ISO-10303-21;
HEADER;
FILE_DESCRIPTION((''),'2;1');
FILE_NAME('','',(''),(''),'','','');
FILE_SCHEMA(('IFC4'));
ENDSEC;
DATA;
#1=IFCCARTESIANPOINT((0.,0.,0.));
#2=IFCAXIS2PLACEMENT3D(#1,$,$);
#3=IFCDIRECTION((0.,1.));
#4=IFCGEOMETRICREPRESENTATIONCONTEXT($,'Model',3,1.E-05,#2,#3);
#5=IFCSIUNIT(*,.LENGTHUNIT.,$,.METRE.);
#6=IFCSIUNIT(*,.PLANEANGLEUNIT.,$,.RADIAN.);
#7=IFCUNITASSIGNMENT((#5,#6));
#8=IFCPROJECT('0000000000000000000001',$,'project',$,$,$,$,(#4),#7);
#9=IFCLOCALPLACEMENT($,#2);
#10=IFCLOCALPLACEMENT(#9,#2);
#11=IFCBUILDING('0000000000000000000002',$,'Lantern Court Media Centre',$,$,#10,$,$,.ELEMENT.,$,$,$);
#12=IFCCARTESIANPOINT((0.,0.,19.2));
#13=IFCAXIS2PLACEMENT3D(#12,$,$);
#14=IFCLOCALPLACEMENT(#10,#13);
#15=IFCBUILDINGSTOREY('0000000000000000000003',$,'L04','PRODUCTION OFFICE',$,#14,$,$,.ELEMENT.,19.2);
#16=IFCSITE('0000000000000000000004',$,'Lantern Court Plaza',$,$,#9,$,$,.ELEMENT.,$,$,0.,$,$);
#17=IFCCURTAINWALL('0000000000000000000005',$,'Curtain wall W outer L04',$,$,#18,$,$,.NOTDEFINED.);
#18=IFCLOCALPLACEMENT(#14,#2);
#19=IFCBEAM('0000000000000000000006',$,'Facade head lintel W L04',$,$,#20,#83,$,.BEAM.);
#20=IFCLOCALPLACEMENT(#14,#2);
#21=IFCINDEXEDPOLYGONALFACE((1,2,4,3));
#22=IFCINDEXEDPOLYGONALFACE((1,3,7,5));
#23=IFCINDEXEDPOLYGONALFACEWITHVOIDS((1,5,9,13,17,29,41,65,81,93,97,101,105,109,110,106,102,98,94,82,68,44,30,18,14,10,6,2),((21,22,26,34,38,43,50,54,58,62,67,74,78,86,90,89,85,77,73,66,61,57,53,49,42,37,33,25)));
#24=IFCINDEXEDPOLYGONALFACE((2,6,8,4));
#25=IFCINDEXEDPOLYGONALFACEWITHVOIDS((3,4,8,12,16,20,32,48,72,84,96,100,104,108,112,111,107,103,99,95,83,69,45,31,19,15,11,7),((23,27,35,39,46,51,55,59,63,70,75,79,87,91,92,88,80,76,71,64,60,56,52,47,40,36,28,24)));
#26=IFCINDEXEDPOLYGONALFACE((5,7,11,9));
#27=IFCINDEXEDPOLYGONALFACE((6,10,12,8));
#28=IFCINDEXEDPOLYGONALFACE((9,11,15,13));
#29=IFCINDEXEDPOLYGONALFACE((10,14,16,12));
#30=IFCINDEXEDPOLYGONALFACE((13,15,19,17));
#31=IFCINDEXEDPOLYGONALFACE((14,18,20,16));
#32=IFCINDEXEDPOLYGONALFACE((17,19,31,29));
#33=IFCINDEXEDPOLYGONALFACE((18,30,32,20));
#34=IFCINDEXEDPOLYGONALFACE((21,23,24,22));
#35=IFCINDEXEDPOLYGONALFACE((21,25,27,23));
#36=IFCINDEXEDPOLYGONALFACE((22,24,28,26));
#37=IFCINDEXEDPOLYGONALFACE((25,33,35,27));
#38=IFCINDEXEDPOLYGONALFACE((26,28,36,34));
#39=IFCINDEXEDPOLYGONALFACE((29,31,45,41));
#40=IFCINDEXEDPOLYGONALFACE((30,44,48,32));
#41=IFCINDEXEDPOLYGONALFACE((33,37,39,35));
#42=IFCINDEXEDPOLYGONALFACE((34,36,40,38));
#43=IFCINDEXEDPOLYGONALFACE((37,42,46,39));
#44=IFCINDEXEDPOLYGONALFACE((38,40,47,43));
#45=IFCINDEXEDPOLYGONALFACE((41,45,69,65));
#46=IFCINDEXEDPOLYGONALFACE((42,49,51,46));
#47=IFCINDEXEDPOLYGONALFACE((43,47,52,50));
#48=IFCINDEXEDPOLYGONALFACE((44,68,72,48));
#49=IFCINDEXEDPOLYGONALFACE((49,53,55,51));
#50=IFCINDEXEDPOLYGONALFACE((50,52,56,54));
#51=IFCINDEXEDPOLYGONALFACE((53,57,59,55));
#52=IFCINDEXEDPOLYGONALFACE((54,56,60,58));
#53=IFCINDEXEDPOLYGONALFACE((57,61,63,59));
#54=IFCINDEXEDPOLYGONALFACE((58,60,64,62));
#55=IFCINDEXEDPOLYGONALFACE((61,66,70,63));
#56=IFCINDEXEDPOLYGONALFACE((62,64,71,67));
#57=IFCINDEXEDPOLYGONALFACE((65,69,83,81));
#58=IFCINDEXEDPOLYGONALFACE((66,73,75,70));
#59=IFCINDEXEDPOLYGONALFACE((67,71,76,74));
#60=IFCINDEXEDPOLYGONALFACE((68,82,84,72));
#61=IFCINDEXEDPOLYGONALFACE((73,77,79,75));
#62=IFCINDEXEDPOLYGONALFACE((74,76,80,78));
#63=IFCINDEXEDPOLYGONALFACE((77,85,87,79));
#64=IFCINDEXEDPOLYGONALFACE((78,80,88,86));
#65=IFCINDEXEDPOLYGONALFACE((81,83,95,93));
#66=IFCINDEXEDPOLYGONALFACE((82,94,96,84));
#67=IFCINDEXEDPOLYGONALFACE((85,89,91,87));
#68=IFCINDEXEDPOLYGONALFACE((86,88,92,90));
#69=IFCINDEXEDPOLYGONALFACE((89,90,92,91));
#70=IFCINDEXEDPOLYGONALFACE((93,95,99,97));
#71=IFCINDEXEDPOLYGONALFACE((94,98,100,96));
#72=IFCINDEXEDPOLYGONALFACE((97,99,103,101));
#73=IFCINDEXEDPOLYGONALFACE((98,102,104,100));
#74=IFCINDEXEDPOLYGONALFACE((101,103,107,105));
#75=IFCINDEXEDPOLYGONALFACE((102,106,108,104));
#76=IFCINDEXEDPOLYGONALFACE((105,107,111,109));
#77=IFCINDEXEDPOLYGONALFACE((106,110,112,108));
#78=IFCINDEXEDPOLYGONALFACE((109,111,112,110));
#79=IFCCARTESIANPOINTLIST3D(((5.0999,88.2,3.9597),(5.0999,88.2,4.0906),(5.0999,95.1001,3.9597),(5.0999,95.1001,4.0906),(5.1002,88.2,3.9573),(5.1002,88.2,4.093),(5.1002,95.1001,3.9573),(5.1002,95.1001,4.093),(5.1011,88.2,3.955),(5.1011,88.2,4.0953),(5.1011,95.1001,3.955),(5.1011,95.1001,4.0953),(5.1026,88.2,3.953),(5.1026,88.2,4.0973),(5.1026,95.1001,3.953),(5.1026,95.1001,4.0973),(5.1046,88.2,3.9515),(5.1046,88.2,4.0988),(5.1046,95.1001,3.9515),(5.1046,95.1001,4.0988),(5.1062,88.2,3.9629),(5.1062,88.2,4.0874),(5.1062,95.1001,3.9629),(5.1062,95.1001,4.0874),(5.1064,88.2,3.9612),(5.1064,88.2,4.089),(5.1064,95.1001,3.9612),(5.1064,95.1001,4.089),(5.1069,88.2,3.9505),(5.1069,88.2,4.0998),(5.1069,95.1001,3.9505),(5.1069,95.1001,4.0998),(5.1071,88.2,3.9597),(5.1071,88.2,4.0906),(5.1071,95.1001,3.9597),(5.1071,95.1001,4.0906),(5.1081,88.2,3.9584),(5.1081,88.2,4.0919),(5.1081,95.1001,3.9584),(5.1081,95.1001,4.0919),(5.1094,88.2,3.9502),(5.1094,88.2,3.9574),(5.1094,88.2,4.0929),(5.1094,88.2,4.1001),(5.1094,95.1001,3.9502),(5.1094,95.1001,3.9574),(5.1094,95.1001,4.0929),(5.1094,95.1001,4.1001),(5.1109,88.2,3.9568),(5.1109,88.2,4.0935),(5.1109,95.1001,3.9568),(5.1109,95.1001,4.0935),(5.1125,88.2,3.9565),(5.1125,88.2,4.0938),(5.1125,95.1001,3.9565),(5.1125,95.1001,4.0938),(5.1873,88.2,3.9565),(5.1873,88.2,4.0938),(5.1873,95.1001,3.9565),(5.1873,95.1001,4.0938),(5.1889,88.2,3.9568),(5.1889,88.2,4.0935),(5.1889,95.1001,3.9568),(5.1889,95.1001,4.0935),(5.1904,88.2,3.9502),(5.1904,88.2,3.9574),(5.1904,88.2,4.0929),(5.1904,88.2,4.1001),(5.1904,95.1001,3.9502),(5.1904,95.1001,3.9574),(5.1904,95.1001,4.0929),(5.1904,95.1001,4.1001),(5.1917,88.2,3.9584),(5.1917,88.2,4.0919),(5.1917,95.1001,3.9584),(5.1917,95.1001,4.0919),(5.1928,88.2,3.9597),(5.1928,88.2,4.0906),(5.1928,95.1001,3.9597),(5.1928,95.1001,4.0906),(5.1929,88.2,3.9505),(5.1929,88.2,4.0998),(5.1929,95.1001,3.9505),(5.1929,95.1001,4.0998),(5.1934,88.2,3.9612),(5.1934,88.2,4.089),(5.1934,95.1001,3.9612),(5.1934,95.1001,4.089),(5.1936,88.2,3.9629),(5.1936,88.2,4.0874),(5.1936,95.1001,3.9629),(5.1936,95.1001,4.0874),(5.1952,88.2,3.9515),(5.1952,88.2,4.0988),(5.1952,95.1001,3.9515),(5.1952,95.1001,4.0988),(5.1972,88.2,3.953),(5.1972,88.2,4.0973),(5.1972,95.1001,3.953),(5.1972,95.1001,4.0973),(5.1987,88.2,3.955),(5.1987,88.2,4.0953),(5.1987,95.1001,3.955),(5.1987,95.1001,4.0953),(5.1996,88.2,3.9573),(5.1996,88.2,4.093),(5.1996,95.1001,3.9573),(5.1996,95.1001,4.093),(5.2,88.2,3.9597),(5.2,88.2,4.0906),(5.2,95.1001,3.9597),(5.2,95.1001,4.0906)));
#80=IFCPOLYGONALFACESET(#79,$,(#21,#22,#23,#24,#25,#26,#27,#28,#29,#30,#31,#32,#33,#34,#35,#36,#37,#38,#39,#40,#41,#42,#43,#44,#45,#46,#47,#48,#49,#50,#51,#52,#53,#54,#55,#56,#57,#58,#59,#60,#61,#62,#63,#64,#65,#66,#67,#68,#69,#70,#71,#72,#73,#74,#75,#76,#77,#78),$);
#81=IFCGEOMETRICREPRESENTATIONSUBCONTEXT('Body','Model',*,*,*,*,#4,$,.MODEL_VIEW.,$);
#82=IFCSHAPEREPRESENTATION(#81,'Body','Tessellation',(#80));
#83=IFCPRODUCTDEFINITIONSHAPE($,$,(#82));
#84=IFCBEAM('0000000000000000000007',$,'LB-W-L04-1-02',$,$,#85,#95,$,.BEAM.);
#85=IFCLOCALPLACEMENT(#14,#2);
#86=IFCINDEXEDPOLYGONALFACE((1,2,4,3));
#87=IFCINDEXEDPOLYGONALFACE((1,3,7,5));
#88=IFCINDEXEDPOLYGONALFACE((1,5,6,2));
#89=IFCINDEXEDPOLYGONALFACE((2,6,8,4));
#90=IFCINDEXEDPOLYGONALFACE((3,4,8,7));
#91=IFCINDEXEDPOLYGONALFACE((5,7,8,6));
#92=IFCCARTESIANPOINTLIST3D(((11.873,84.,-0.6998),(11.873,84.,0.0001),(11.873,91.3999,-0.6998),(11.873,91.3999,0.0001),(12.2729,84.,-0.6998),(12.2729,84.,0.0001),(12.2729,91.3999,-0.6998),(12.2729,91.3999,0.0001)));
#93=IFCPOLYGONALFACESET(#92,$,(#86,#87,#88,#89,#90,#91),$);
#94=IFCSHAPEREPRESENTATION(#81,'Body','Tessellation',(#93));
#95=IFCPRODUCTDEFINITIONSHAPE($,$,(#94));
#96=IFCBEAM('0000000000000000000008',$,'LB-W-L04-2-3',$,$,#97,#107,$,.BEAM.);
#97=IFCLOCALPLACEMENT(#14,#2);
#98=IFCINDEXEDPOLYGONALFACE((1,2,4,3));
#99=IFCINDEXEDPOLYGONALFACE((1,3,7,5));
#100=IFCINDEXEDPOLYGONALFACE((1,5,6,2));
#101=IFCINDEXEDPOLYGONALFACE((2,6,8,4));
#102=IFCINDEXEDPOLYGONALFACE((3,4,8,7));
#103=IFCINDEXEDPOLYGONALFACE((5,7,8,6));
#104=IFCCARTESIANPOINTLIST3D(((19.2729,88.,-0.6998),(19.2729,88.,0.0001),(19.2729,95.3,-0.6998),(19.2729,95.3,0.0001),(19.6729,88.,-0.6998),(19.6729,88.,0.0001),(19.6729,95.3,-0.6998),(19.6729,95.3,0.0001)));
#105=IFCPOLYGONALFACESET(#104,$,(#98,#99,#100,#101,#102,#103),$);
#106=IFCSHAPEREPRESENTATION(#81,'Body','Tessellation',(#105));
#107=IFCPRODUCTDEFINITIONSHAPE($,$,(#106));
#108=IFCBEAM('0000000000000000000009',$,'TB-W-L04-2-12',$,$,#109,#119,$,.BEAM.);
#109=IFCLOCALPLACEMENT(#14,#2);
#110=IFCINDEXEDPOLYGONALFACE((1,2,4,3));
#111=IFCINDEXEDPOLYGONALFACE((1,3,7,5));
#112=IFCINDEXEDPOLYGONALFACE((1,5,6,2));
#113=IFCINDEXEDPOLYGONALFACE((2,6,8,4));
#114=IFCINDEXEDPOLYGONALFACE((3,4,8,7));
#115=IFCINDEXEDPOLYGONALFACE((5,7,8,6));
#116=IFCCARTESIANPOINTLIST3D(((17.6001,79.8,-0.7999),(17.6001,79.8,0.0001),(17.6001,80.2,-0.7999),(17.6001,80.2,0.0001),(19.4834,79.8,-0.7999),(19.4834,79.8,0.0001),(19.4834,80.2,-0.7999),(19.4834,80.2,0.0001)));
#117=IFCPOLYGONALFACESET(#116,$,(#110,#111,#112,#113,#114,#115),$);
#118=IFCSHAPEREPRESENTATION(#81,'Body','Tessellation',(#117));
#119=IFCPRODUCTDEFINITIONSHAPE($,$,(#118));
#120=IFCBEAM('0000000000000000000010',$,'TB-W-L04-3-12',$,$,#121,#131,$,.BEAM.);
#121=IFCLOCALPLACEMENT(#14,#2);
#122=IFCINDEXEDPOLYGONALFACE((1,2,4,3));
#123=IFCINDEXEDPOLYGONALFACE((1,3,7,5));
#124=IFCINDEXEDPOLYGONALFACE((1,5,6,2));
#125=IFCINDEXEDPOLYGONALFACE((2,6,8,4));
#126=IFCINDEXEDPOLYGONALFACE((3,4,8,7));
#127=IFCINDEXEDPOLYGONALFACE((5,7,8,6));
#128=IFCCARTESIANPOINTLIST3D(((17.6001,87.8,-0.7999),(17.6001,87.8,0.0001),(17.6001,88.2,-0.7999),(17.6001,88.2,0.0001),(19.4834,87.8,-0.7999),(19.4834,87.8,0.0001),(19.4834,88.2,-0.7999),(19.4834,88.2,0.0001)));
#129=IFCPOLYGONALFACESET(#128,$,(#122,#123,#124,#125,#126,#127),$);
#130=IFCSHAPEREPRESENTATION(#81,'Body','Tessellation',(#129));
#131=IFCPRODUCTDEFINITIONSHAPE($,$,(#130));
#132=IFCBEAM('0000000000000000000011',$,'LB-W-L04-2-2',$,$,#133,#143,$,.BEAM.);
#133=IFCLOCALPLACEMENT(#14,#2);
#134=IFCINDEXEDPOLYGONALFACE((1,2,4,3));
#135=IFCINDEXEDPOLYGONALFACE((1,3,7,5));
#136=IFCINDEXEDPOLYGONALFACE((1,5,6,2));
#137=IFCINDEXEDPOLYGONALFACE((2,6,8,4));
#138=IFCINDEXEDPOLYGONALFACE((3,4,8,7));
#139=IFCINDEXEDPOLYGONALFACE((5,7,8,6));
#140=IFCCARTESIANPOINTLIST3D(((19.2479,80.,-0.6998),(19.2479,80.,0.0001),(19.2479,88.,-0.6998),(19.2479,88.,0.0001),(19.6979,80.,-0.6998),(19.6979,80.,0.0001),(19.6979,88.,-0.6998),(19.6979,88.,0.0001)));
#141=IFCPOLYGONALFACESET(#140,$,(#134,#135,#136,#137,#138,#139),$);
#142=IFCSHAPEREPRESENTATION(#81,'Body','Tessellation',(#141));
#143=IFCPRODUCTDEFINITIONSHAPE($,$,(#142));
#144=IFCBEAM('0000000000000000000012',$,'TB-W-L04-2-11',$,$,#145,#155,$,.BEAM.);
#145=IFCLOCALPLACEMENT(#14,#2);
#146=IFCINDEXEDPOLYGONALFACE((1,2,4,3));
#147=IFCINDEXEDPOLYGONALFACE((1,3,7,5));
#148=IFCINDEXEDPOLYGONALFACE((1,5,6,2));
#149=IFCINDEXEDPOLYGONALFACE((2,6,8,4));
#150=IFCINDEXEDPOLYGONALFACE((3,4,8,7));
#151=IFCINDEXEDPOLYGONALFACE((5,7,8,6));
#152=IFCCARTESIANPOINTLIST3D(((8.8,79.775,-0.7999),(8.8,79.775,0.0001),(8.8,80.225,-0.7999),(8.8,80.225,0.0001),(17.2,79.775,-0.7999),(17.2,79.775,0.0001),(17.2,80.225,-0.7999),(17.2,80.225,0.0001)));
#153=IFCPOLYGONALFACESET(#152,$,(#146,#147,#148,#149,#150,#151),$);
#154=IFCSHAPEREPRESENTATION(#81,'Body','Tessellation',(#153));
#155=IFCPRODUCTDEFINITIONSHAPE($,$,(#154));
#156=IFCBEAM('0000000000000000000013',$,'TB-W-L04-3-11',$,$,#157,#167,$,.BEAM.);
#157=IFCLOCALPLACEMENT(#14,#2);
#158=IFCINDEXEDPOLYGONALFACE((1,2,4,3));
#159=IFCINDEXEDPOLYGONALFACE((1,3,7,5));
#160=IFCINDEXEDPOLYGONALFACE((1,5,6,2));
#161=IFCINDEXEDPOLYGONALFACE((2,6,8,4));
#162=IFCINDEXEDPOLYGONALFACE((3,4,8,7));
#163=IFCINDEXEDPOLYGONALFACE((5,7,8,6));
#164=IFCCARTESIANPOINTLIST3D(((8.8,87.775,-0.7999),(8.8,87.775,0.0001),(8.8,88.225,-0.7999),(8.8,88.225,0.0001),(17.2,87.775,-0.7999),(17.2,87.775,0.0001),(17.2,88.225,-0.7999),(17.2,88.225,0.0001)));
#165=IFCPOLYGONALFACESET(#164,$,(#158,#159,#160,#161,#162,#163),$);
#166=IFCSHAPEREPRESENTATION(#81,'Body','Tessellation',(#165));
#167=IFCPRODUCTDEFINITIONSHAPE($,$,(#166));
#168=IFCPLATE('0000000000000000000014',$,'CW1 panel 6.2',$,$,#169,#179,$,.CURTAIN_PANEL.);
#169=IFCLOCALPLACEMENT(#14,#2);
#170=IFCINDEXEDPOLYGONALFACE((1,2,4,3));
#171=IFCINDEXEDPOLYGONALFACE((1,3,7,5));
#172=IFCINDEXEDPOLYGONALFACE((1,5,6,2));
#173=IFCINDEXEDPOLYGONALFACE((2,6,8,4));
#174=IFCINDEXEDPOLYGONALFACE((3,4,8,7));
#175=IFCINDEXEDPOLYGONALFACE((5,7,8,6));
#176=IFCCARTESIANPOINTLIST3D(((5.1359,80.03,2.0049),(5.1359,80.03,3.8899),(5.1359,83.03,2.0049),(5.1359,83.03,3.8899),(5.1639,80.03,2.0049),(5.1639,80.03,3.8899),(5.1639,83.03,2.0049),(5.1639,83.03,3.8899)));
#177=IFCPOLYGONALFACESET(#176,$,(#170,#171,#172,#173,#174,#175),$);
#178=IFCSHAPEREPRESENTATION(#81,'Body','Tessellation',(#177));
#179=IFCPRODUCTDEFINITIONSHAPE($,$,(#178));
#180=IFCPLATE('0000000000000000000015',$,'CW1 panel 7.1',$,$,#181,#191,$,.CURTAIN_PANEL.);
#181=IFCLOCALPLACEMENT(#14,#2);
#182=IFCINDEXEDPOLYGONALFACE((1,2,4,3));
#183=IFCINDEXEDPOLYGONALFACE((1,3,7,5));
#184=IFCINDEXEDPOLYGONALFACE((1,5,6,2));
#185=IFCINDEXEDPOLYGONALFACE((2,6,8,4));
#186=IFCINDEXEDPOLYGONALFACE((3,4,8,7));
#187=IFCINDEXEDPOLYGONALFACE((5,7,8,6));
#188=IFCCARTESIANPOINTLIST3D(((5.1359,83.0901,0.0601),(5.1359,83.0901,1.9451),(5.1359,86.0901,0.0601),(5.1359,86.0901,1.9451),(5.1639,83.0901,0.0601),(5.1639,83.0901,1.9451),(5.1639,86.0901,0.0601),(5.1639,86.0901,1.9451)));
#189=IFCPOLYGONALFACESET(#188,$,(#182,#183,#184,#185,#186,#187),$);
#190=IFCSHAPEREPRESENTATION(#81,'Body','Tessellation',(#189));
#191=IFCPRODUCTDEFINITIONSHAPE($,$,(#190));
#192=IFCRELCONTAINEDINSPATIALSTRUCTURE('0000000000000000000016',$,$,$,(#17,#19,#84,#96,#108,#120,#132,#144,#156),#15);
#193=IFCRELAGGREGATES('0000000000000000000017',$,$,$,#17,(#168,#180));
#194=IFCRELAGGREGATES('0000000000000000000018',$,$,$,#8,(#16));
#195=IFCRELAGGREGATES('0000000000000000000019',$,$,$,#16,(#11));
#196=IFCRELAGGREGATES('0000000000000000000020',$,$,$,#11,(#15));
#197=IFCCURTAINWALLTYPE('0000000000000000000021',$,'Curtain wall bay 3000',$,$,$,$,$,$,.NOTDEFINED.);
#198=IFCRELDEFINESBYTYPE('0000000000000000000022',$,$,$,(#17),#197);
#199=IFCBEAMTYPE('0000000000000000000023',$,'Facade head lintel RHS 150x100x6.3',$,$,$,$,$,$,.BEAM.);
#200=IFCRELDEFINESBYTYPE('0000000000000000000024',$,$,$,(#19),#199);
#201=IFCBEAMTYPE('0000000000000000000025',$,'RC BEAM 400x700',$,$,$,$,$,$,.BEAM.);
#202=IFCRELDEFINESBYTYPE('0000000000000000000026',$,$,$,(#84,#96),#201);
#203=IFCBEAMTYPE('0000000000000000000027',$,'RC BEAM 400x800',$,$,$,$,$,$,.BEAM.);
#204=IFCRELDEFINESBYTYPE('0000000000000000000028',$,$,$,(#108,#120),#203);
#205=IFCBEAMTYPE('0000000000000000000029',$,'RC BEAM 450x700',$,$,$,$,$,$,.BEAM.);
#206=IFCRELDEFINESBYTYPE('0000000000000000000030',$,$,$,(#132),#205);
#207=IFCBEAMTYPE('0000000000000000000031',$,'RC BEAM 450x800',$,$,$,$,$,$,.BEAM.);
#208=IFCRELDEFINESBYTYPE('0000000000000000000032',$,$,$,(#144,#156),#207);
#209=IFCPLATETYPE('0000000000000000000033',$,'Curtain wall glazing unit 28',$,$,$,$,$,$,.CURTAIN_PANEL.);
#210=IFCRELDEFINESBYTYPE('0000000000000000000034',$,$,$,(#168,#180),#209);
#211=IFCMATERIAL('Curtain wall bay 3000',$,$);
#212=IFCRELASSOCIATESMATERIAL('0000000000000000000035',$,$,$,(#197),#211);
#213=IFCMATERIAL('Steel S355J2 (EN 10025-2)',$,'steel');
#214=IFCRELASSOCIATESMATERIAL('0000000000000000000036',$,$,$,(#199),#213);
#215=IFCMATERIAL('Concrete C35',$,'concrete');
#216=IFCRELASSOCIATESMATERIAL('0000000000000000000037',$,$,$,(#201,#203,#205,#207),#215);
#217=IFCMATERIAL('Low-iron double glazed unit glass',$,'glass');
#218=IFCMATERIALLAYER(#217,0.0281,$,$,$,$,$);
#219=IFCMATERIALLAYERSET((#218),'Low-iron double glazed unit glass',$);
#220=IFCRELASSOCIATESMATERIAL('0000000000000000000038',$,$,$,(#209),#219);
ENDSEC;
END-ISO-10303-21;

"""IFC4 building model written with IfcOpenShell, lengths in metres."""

from ifc_helpers import new_model, si_unit, direction, frame, origin, origin_2d, place, context, subcontext, project, spatial, rectangle, hollow_rectangle, extrude, material, layer, layer_set, material_profile, profile_set, type_object, element, aggregate, save


model = new_model("IFC4")

# Units and contexts
model_context = context("Model", 3, precision=1e-05, world=origin(), true_north=direction((0.0, 1.0)))
body_context = subcontext(model_context, "Body", "Model", "MODEL_VIEW")
ifc_project = project(units=[si_unit("LENGTHUNIT", "METRE"), si_unit("PLANEANGLEUNIT", "RADIAN")], contexts=[model_context])

# Site, building, storey
site_placement = place(None, origin())
site = spatial("IfcSite", under=ifc_project, at=site_placement, Name="Lantern Court Plaza", CompositionType="ELEMENT", RefElevation=0.0)
building_placement = place(site_placement, origin())
building = spatial("IfcBuilding", under=site, at=building_placement, Name="Lantern Court Media Centre", CompositionType="ELEMENT")
storey_placement = place(building_placement, frame((0.0, 0.0, 19.2)))
storey = spatial("IfcBuildingStorey", under=building, at=storey_placement, Name="L04", Description="PRODUCTION OFFICE", CompositionType="ELEMENT", Elevation=19.2)

# Shared definitions
ifc_material_1 = material(Name="Concrete C35", Category="concrete")

# Curtain wall
ifc_material_2 = material(Name="Curtain wall bay 3000")
curtain_wall_type = type_object("IfcCurtainWallType", Name="Curtain wall bay 3000", PredefinedType="NOTDEFINED", material=ifc_material_2)
curtain_wall_placement = place(storey_placement, origin())
curtain_wall = element("IfcCurtainWall", 1, at=curtain_wall_placement, inside=storey, type_object=curtain_wall_type, Name="Curtain wall W outer L04", PredefinedType="NOTDEFINED")

# Beams
ifc_material_3 = material(Name="Steel S355J2 (EN 10025-2)", Category="steel")
ifc_material_profile_1 = material_profile(ifc_material_3, hollow_rectangle(XDim=0.1001, YDim=0.1499, WallThickness=0.0063, InnerFilletRadius=0.0063, OuterFilletRadius=0.0095, at=origin_2d()), Name="Facade head lintel RHS 150x100x6.3")
ifc_profile_set_1 = profile_set([ifc_material_profile_1], Name="Steel S355J2 (EN 10025-2)")
beam_type_1 = type_object("IfcBeamType", Name="Facade head lintel RHS 150x100x6.3", PredefinedType="BEAM", material=ifc_profile_set_1)
beam_1_placement = place(storey_placement, frame((5.1499, 88.2, 4.0251), z_axis=(0.0, 1.0, 0.0), x_axis=(-1.0, 0.0, 0.0)))
element("IfcBeam", 2, at=beam_1_placement, inside=storey, type_object=beam_type_1, Name="Facade head lintel W L04", PredefinedType="BEAM", context=body_context, shape_type="SweptSolid", body=[
    extrude(hollow_rectangle(XDim=0.1001, YDim=0.1499, WallThickness=0.0063, InnerFilletRadius=0.0063, OuterFilletRadius=0.0095, at=origin_2d()), origin(), (0.0, 0.0, 1.0), 6.9001),
])
ifc_material_profile_2 = material_profile(ifc_material_1, rectangle(XDim=0.3999, YDim=0.7, at=origin_2d()), Name="RC 400x700")
ifc_profile_set_2 = profile_set([ifc_material_profile_2], Name="Concrete C35")
beam_type_2 = type_object("IfcBeamType", Name="RC BEAM 400x700", PredefinedType="BEAM", material=ifc_profile_set_2)
beam_2_placement = place(storey_placement, frame((12.073, 84.0, -0.3499), z_axis=(0.0, 1.0, 0.0), x_axis=(-1.0, 0.0, 0.0)))
element("IfcBeam", 3, at=beam_2_placement, inside=storey, type_object=beam_type_2, Name="LB-W-L04-1-02", PredefinedType="BEAM", context=body_context, shape_type="SweptSolid", body=[
    extrude(rectangle(XDim=0.3999, YDim=0.7, at=origin_2d()), origin(), (0.0, 0.0, 1.0), 7.3999),
])
beam_3_placement = place(storey_placement, frame((19.4729, 88.0, -0.3499), z_axis=(0.0, 1.0, 0.0), x_axis=(-1.0, 0.0, 0.0)))
element("IfcBeam", 4, at=beam_3_placement, inside=storey, type_object=beam_type_2, Name="LB-W-L04-2-3", PredefinedType="BEAM", context=body_context, shape_type="SweptSolid", body=[
    extrude(rectangle(XDim=0.3999, YDim=0.7, at=origin_2d()), origin(), (0.0, 0.0, 1.0), 7.3),
])
ifc_material_profile_3 = material_profile(ifc_material_1, rectangle(XDim=0.3999, YDim=0.8, at=origin_2d()), Name="RC 400x800")
ifc_profile_set_3 = profile_set([ifc_material_profile_3], Name="Concrete C35")
beam_type_3 = type_object("IfcBeamType", Name="RC BEAM 400x800", PredefinedType="BEAM", material=ifc_profile_set_3)
for number, where, z_axis, x_axis, name in (
    (5, (17.6001, 80.0, -0.3999), (1.0, 0.0, 0.0), (0.0, 1.0, 0.0), "TB-W-L04-2-12"),
    (6, (17.6001, 88.0, -0.3999), (1.0, 0.0, 0.0), (0.0, 1.0, 0.0), "TB-W-L04-3-12"),
):
    element("IfcBeam", number, at=place(storey_placement, frame(where, z_axis=z_axis, x_axis=x_axis)), inside=storey, type_object=beam_type_3, Name=name, PredefinedType="BEAM", context=body_context, shape_type="SweptSolid", body=[
        extrude(rectangle(XDim=0.3999, YDim=0.8, at=origin_2d()), origin(), (0.0, 0.0, 1.0), 1.8833),
    ])
ifc_material_profile_4 = material_profile(ifc_material_1, rectangle(XDim=0.45, YDim=0.7, at=origin_2d()), Name="RC 450x700")
ifc_profile_set_4 = profile_set([ifc_material_profile_4], Name="Concrete C35")
beam_type_4 = type_object("IfcBeamType", Name="RC BEAM 450x700", PredefinedType="BEAM", material=ifc_profile_set_4)
beam_4_placement = place(storey_placement, frame((19.4729, 80.0, -0.3499), z_axis=(0.0, 1.0, 0.0), x_axis=(-1.0, 0.0, 0.0)))
element("IfcBeam", 7, at=beam_4_placement, inside=storey, type_object=beam_type_4, Name="LB-W-L04-2-2", PredefinedType="BEAM", context=body_context, shape_type="SweptSolid", body=[
    extrude(rectangle(XDim=0.45, YDim=0.7, at=origin_2d()), origin(), (0.0, 0.0, 1.0), 8.0),
])
ifc_material_profile_5 = material_profile(ifc_material_1, rectangle(XDim=0.45, YDim=0.8, at=origin_2d()), Name="RC 450x800")
ifc_profile_set_5 = profile_set([ifc_material_profile_5], Name="Concrete C35")
beam_type_5 = type_object("IfcBeamType", Name="RC BEAM 450x800", PredefinedType="BEAM", material=ifc_profile_set_5)
for number, where, z_axis, x_axis, name in (
    (8, (8.8, 80.0, -0.3999), (1.0, 0.0, 0.0), (0.0, 1.0, 0.0), "TB-W-L04-2-11"),
    (9, (8.8, 88.0, -0.3999), (1.0, 0.0, 0.0), (0.0, 1.0, 0.0), "TB-W-L04-3-11"),
):
    element("IfcBeam", number, at=place(storey_placement, frame(where, z_axis=z_axis, x_axis=x_axis)), inside=storey, type_object=beam_type_5, Name=name, PredefinedType="BEAM", context=body_context, shape_type="SweptSolid", body=[
        extrude(rectangle(XDim=0.45, YDim=0.8, at=origin_2d()), origin(), (0.0, 0.0, 1.0), 8.3999),
    ])

# Plates
ifc_material_4 = material(Name="Low-iron double glazed unit glass", Category="glass")
ifc_layer_1 = layer(ifc_material_4, 0.0281)
ifc_layer_set_1 = layer_set([ifc_layer_1], Name="Low-iron double glazed unit glass")
plate_type = type_object("IfcPlateType", Name="Curtain wall glazing unit 28", PredefinedType="CURTAIN_PANEL", material=ifc_layer_set_1)
plate_1_placement = place(storey_placement, frame((5.1499, 81.53, 2.0049), z_axis=(0.0, 0.0, 1.0), x_axis=(0.0, 1.0, 0.0)))
plate_1 = element("IfcPlate", 10, at=plate_1_placement, type_object=plate_type, Name="CW1 panel 6.2", PredefinedType="CURTAIN_PANEL", context=body_context, shape_type="SweptSolid", body=[
    extrude(rectangle(XDim=3.0, YDim=0.0281, at=origin_2d()), origin(), (0.0, 0.0, 1.0), 1.885),
])
plate_2_placement = place(storey_placement, frame((5.1499, 84.5901, 0.0601), z_axis=(0.0, 0.0, 1.0), x_axis=(0.0, 1.0, 0.0)))
plate_2 = element("IfcPlate", 11, at=plate_2_placement, type_object=plate_type, Name="CW1 panel 7.1", PredefinedType="CURTAIN_PANEL", context=body_context, shape_type="SweptSolid", body=[
    extrude(rectangle(XDim=3.0, YDim=0.0281, at=origin_2d()), origin(), (0.0, 0.0, 1.0), 1.885),
])
aggregate(curtain_wall, [plate_1, plate_2])

save(model, "model.ifc")
